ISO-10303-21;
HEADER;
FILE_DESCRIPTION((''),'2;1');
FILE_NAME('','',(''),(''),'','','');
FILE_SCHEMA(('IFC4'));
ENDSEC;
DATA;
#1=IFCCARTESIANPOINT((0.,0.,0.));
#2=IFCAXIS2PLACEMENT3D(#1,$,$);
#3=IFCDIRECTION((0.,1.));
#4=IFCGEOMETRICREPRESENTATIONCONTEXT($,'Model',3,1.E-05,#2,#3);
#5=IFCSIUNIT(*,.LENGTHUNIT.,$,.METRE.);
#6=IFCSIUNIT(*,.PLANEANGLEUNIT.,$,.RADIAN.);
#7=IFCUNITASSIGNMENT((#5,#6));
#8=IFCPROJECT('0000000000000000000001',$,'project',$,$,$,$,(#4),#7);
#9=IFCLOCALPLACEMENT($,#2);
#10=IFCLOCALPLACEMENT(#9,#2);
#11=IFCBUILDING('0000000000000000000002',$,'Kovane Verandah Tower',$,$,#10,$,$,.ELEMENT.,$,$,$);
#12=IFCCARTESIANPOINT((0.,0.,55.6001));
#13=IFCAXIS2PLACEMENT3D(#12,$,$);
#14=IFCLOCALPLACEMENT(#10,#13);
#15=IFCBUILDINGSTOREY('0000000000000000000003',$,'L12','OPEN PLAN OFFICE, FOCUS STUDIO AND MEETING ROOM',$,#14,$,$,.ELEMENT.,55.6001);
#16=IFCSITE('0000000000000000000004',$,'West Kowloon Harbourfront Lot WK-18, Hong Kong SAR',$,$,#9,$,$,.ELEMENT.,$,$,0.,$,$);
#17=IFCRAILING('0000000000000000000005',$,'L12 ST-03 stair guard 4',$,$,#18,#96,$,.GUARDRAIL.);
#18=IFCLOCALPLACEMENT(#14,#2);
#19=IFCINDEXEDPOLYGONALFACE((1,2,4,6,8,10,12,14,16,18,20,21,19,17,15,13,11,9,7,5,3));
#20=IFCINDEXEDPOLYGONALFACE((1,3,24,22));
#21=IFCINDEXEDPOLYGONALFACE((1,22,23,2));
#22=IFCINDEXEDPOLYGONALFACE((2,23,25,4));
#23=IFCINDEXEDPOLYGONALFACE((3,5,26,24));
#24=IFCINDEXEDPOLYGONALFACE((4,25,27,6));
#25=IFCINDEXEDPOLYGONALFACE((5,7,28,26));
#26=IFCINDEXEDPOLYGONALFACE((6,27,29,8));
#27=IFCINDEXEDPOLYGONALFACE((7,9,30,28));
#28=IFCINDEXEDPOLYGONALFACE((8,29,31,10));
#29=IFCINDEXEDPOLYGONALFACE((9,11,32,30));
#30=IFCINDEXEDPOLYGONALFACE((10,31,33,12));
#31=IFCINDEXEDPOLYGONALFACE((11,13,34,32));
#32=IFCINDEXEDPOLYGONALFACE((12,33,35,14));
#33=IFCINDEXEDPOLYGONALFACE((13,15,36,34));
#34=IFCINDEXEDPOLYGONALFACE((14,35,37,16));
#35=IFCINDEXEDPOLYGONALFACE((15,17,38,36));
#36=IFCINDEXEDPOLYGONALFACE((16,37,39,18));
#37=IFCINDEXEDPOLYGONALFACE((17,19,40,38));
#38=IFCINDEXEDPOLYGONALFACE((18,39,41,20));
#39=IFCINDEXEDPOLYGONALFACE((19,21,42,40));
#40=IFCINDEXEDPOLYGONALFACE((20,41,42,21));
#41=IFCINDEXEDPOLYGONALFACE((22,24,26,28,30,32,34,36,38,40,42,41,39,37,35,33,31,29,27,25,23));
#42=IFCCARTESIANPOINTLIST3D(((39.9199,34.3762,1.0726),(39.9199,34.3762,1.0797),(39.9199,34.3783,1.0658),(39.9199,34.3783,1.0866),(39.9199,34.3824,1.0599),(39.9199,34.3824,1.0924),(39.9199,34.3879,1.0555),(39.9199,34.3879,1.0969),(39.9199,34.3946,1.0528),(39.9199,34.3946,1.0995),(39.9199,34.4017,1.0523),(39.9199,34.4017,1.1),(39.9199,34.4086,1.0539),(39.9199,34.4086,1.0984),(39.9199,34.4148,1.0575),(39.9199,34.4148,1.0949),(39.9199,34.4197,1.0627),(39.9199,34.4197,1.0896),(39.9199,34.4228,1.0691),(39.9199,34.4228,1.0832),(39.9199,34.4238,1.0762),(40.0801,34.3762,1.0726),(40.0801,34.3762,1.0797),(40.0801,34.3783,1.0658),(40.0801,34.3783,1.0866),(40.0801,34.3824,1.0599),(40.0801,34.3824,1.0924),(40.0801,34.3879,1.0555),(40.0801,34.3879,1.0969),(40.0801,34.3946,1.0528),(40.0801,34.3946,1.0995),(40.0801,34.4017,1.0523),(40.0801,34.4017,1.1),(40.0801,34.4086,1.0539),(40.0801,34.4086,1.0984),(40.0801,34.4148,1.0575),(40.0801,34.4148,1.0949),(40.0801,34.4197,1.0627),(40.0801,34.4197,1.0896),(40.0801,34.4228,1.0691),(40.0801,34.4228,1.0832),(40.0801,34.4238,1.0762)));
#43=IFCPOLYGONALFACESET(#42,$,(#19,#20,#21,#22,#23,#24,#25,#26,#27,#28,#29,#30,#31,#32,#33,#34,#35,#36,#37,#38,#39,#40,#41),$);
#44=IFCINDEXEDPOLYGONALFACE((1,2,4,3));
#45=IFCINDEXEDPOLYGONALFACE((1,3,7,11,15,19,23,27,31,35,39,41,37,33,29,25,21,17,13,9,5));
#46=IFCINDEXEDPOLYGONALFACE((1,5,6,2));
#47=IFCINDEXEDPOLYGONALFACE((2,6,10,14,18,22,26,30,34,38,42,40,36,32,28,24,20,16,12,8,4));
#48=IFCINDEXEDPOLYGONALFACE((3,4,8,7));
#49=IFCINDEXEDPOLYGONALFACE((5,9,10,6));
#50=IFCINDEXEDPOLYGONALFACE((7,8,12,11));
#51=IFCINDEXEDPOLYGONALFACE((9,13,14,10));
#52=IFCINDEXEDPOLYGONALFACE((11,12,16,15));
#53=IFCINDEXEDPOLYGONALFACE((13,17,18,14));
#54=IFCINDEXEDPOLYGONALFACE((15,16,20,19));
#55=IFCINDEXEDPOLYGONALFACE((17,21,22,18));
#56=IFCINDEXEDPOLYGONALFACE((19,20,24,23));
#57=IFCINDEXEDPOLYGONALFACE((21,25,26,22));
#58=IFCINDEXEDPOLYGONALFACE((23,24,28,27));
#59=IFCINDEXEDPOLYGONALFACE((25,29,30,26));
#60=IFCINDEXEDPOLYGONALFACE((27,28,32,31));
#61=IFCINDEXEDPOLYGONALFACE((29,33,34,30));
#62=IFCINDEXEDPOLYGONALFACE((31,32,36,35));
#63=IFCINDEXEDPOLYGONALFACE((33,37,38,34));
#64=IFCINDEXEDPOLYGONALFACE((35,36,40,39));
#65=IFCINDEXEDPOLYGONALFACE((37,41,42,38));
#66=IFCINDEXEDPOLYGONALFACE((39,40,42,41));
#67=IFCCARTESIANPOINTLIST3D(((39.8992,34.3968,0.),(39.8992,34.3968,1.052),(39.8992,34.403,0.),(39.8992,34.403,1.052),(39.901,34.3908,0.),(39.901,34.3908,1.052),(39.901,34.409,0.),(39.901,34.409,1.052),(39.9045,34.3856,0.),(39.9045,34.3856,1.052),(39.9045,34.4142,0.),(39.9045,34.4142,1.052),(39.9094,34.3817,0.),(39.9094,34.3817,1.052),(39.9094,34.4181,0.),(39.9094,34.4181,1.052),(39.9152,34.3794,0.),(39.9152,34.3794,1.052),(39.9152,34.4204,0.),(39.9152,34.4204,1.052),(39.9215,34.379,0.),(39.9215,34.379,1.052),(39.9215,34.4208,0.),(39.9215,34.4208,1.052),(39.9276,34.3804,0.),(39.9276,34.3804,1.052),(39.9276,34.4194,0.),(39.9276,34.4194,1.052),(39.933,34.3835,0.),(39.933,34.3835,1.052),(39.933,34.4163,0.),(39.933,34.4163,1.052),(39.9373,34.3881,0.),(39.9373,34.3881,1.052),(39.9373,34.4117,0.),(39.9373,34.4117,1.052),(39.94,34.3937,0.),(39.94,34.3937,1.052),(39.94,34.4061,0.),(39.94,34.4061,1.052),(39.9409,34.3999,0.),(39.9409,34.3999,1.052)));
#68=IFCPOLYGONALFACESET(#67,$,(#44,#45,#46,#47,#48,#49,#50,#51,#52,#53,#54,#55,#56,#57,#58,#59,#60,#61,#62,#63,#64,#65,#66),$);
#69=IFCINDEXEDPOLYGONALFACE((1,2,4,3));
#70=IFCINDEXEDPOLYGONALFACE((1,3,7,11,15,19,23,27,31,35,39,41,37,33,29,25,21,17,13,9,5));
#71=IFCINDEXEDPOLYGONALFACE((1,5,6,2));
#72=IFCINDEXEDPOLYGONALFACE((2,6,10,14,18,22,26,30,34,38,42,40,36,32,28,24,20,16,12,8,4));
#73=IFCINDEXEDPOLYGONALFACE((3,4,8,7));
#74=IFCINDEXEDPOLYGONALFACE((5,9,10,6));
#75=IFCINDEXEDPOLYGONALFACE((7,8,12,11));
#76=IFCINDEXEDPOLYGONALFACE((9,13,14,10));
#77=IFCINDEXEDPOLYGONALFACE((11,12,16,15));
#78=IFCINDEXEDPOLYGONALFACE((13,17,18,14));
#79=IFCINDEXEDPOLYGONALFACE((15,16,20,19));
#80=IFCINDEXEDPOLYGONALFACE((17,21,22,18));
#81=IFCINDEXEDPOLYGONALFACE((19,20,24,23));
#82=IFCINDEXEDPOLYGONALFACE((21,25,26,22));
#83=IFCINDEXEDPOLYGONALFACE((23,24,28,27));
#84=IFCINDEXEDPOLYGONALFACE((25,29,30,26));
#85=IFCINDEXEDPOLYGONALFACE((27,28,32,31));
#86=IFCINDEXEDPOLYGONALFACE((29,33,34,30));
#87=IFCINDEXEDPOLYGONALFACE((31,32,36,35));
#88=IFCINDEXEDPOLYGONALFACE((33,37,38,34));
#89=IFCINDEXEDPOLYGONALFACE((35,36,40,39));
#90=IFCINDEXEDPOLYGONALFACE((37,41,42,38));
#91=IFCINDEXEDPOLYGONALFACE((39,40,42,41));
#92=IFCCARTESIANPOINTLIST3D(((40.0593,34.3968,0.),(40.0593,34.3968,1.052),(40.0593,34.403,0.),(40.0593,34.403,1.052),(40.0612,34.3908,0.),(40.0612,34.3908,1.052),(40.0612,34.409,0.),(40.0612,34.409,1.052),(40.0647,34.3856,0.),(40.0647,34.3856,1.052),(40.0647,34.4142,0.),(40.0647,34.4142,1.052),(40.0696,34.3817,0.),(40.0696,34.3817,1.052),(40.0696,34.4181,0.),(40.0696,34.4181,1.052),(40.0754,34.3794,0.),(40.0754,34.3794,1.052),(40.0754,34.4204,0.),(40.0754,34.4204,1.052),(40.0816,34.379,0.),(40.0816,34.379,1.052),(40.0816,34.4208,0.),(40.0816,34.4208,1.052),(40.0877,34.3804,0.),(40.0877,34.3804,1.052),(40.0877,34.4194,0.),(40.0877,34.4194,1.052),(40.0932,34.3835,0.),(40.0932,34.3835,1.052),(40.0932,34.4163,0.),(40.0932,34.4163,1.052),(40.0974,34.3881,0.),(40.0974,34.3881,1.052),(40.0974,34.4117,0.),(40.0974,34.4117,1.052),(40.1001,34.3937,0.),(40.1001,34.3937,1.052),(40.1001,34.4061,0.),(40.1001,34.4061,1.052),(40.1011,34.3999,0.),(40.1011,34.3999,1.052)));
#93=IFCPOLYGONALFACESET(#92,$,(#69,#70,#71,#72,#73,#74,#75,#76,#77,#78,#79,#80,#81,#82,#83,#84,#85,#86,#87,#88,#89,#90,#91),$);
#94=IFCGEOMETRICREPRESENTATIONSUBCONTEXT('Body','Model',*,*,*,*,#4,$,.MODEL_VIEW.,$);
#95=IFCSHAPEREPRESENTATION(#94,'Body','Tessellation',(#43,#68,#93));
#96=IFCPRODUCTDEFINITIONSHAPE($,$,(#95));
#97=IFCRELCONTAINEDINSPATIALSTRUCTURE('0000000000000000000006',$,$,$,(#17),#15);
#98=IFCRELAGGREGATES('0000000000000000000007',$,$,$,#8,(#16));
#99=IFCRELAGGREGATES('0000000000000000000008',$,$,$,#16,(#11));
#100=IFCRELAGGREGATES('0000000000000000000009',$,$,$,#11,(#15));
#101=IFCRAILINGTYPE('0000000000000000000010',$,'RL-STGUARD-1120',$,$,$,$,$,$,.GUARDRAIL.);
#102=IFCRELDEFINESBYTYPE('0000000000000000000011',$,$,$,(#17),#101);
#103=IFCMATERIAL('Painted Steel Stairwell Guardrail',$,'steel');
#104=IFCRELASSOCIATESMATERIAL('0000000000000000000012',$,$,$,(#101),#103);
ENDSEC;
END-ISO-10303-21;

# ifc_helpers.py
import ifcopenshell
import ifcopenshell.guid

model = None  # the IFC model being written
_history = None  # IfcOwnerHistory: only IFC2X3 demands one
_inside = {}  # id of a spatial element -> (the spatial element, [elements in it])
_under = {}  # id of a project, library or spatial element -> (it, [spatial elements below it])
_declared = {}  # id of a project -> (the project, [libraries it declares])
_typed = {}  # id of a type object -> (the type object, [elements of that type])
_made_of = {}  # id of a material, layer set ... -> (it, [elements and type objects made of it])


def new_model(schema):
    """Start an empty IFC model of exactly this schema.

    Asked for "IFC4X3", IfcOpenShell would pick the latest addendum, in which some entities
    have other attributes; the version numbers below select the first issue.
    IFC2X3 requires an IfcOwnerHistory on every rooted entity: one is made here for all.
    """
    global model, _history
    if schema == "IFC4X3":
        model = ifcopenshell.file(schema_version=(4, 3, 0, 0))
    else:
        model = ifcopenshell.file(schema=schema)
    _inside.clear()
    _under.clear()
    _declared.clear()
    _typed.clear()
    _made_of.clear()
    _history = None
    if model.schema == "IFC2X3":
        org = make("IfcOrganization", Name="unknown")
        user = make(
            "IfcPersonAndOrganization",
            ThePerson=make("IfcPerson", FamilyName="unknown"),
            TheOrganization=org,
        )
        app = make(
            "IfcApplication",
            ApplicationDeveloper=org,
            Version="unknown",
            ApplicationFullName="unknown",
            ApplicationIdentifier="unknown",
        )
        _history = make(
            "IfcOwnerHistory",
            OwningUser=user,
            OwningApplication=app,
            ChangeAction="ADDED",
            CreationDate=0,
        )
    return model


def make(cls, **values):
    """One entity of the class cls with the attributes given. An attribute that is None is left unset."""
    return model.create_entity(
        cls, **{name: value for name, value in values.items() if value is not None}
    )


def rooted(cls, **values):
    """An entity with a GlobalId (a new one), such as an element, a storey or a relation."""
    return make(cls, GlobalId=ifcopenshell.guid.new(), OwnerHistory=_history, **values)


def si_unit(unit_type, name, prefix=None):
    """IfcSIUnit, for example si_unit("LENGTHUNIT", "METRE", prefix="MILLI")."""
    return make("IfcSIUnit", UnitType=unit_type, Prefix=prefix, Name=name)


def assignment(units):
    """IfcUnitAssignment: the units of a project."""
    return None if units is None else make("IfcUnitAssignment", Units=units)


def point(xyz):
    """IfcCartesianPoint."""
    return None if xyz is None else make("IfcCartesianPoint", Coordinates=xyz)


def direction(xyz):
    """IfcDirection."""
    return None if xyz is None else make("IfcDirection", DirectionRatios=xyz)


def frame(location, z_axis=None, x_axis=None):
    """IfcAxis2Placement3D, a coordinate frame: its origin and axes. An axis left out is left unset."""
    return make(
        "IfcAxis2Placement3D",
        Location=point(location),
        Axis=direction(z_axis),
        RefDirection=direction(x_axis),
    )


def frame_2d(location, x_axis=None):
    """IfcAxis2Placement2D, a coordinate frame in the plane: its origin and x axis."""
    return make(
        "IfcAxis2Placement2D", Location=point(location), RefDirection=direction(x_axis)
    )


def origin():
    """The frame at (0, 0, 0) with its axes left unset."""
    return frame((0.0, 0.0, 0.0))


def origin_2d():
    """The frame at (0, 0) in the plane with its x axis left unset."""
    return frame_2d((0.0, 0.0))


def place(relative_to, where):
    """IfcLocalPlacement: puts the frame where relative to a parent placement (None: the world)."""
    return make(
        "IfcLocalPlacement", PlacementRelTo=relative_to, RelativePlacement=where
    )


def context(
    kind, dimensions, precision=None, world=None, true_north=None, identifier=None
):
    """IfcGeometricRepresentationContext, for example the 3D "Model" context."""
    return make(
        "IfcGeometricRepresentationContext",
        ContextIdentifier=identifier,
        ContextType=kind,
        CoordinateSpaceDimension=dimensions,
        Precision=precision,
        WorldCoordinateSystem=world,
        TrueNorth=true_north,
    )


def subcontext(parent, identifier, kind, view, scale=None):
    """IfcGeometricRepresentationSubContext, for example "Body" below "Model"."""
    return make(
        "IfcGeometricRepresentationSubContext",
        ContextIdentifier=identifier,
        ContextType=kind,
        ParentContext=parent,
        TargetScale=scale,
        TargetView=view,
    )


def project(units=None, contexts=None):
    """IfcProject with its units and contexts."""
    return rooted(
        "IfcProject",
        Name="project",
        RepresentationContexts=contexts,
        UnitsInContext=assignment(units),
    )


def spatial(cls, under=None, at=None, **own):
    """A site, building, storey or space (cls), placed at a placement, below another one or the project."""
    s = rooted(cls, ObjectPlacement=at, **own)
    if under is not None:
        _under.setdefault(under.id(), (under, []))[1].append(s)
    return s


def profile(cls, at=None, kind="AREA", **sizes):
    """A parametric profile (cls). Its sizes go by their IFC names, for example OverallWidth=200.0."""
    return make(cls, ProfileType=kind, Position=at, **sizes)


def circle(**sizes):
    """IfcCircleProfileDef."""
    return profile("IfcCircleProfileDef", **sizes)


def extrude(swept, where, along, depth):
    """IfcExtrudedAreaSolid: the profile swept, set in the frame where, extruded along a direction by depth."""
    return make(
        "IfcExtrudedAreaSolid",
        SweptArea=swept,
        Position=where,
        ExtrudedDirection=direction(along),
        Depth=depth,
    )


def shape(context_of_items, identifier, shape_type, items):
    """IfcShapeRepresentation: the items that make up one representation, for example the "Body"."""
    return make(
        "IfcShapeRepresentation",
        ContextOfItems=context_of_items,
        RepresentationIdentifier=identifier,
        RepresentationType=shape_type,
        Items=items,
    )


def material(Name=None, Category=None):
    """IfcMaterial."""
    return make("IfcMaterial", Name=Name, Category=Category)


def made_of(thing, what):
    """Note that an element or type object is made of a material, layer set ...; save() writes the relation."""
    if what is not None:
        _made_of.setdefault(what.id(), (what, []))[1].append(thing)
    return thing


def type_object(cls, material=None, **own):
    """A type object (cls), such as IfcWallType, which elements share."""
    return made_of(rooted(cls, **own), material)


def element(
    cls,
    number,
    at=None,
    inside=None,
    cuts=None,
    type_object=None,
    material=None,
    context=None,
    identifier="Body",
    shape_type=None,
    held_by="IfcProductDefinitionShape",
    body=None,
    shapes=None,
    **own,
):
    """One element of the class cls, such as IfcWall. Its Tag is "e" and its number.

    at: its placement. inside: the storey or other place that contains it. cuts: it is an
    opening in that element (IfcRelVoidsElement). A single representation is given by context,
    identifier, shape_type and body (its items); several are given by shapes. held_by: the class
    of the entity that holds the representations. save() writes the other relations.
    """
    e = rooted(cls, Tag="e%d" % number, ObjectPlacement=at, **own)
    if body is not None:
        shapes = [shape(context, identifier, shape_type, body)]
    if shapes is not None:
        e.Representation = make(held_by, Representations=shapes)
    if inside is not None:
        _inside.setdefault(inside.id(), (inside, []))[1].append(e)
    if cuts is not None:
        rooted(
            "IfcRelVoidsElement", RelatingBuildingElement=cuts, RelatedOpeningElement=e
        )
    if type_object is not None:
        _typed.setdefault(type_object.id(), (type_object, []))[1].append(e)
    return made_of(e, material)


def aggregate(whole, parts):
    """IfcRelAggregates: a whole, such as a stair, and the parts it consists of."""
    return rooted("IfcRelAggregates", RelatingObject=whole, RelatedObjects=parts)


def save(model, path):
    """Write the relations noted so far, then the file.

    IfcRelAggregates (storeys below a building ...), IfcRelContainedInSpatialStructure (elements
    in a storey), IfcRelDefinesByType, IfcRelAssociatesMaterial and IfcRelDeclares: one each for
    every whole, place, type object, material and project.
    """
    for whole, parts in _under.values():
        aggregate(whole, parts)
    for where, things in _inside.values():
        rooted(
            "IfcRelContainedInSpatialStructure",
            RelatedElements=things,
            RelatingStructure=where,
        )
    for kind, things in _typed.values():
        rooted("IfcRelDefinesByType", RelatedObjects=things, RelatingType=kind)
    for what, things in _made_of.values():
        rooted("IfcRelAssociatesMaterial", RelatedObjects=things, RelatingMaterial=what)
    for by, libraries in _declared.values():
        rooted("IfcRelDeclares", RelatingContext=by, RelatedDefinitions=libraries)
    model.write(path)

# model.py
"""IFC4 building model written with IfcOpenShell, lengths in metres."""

from ifc_helpers import new_model, si_unit, direction, frame, origin, origin_2d, place, context, subcontext, project, spatial, circle, extrude, material, type_object, element, save


model = new_model("IFC4")

# Units and contexts
model_context = context("Model", 3, precision=1e-05, world=origin(), true_north=direction((0.0, 1.0)))
body_context = subcontext(model_context, "Body", "Model", "MODEL_VIEW")
ifc_project = project(units=[si_unit("LENGTHUNIT", "METRE"), si_unit("PLANEANGLEUNIT", "RADIAN")], contexts=[model_context])

# Site, building, storey
site_placement = place(None, origin())
site = spatial("IfcSite", under=ifc_project, at=site_placement, Name="West Kowloon Harbourfront Lot WK-18, Hong Kong SAR", CompositionType="ELEMENT", RefElevation=0.0)
building_placement = place(site_placement, origin())
building = spatial("IfcBuilding", under=site, at=building_placement, Name="Kovane Verandah Tower", CompositionType="ELEMENT")
storey_placement = place(building_placement, frame((0.0, 0.0, 55.6001)))
storey = spatial("IfcBuildingStorey", under=building, at=storey_placement, Name="L12", Description="OPEN PLAN OFFICE, FOCUS STUDIO AND MEETING ROOM", CompositionType="ELEMENT", Elevation=55.6001)

# Railing
ifc_material_1 = material(Name="Painted Steel Stairwell Guardrail", Category="steel")
railing_type_1 = type_object("IfcRailingType", Name="RL-STGUARD-1120", PredefinedType="GUARDRAIL", material=ifc_material_1)
railing_1_placement = place(storey_placement, frame((39.9199, 34.3999, 0.0)))
element("IfcRailing", 1, at=railing_1_placement, inside=storey, type_object=railing_type_1, Name="L12 ST-03 stair guard 4", PredefinedType="GUARDRAIL", context=body_context, shape_type="SweptSolid", body=[
    extrude(circle(Radius=0.0239, at=origin_2d()), frame((0.0, 0.0, 1.0762), z_axis=(1.0, 0.0, 0.0), x_axis=(0.0, 1.0, 0.0)), (0.0, 0.0, 1.0), 0.1602),
    extrude(circle(Radius=0.021, at=origin_2d()), origin(), (0.0, 0.0, 1.0), 1.052),
    extrude(circle(Radius=0.021, at=origin_2d()), frame((0.1602, 0.0, 0.0)), (0.0, 0.0, 1.0), 1.052),
])

save(model, "model.ifc")
